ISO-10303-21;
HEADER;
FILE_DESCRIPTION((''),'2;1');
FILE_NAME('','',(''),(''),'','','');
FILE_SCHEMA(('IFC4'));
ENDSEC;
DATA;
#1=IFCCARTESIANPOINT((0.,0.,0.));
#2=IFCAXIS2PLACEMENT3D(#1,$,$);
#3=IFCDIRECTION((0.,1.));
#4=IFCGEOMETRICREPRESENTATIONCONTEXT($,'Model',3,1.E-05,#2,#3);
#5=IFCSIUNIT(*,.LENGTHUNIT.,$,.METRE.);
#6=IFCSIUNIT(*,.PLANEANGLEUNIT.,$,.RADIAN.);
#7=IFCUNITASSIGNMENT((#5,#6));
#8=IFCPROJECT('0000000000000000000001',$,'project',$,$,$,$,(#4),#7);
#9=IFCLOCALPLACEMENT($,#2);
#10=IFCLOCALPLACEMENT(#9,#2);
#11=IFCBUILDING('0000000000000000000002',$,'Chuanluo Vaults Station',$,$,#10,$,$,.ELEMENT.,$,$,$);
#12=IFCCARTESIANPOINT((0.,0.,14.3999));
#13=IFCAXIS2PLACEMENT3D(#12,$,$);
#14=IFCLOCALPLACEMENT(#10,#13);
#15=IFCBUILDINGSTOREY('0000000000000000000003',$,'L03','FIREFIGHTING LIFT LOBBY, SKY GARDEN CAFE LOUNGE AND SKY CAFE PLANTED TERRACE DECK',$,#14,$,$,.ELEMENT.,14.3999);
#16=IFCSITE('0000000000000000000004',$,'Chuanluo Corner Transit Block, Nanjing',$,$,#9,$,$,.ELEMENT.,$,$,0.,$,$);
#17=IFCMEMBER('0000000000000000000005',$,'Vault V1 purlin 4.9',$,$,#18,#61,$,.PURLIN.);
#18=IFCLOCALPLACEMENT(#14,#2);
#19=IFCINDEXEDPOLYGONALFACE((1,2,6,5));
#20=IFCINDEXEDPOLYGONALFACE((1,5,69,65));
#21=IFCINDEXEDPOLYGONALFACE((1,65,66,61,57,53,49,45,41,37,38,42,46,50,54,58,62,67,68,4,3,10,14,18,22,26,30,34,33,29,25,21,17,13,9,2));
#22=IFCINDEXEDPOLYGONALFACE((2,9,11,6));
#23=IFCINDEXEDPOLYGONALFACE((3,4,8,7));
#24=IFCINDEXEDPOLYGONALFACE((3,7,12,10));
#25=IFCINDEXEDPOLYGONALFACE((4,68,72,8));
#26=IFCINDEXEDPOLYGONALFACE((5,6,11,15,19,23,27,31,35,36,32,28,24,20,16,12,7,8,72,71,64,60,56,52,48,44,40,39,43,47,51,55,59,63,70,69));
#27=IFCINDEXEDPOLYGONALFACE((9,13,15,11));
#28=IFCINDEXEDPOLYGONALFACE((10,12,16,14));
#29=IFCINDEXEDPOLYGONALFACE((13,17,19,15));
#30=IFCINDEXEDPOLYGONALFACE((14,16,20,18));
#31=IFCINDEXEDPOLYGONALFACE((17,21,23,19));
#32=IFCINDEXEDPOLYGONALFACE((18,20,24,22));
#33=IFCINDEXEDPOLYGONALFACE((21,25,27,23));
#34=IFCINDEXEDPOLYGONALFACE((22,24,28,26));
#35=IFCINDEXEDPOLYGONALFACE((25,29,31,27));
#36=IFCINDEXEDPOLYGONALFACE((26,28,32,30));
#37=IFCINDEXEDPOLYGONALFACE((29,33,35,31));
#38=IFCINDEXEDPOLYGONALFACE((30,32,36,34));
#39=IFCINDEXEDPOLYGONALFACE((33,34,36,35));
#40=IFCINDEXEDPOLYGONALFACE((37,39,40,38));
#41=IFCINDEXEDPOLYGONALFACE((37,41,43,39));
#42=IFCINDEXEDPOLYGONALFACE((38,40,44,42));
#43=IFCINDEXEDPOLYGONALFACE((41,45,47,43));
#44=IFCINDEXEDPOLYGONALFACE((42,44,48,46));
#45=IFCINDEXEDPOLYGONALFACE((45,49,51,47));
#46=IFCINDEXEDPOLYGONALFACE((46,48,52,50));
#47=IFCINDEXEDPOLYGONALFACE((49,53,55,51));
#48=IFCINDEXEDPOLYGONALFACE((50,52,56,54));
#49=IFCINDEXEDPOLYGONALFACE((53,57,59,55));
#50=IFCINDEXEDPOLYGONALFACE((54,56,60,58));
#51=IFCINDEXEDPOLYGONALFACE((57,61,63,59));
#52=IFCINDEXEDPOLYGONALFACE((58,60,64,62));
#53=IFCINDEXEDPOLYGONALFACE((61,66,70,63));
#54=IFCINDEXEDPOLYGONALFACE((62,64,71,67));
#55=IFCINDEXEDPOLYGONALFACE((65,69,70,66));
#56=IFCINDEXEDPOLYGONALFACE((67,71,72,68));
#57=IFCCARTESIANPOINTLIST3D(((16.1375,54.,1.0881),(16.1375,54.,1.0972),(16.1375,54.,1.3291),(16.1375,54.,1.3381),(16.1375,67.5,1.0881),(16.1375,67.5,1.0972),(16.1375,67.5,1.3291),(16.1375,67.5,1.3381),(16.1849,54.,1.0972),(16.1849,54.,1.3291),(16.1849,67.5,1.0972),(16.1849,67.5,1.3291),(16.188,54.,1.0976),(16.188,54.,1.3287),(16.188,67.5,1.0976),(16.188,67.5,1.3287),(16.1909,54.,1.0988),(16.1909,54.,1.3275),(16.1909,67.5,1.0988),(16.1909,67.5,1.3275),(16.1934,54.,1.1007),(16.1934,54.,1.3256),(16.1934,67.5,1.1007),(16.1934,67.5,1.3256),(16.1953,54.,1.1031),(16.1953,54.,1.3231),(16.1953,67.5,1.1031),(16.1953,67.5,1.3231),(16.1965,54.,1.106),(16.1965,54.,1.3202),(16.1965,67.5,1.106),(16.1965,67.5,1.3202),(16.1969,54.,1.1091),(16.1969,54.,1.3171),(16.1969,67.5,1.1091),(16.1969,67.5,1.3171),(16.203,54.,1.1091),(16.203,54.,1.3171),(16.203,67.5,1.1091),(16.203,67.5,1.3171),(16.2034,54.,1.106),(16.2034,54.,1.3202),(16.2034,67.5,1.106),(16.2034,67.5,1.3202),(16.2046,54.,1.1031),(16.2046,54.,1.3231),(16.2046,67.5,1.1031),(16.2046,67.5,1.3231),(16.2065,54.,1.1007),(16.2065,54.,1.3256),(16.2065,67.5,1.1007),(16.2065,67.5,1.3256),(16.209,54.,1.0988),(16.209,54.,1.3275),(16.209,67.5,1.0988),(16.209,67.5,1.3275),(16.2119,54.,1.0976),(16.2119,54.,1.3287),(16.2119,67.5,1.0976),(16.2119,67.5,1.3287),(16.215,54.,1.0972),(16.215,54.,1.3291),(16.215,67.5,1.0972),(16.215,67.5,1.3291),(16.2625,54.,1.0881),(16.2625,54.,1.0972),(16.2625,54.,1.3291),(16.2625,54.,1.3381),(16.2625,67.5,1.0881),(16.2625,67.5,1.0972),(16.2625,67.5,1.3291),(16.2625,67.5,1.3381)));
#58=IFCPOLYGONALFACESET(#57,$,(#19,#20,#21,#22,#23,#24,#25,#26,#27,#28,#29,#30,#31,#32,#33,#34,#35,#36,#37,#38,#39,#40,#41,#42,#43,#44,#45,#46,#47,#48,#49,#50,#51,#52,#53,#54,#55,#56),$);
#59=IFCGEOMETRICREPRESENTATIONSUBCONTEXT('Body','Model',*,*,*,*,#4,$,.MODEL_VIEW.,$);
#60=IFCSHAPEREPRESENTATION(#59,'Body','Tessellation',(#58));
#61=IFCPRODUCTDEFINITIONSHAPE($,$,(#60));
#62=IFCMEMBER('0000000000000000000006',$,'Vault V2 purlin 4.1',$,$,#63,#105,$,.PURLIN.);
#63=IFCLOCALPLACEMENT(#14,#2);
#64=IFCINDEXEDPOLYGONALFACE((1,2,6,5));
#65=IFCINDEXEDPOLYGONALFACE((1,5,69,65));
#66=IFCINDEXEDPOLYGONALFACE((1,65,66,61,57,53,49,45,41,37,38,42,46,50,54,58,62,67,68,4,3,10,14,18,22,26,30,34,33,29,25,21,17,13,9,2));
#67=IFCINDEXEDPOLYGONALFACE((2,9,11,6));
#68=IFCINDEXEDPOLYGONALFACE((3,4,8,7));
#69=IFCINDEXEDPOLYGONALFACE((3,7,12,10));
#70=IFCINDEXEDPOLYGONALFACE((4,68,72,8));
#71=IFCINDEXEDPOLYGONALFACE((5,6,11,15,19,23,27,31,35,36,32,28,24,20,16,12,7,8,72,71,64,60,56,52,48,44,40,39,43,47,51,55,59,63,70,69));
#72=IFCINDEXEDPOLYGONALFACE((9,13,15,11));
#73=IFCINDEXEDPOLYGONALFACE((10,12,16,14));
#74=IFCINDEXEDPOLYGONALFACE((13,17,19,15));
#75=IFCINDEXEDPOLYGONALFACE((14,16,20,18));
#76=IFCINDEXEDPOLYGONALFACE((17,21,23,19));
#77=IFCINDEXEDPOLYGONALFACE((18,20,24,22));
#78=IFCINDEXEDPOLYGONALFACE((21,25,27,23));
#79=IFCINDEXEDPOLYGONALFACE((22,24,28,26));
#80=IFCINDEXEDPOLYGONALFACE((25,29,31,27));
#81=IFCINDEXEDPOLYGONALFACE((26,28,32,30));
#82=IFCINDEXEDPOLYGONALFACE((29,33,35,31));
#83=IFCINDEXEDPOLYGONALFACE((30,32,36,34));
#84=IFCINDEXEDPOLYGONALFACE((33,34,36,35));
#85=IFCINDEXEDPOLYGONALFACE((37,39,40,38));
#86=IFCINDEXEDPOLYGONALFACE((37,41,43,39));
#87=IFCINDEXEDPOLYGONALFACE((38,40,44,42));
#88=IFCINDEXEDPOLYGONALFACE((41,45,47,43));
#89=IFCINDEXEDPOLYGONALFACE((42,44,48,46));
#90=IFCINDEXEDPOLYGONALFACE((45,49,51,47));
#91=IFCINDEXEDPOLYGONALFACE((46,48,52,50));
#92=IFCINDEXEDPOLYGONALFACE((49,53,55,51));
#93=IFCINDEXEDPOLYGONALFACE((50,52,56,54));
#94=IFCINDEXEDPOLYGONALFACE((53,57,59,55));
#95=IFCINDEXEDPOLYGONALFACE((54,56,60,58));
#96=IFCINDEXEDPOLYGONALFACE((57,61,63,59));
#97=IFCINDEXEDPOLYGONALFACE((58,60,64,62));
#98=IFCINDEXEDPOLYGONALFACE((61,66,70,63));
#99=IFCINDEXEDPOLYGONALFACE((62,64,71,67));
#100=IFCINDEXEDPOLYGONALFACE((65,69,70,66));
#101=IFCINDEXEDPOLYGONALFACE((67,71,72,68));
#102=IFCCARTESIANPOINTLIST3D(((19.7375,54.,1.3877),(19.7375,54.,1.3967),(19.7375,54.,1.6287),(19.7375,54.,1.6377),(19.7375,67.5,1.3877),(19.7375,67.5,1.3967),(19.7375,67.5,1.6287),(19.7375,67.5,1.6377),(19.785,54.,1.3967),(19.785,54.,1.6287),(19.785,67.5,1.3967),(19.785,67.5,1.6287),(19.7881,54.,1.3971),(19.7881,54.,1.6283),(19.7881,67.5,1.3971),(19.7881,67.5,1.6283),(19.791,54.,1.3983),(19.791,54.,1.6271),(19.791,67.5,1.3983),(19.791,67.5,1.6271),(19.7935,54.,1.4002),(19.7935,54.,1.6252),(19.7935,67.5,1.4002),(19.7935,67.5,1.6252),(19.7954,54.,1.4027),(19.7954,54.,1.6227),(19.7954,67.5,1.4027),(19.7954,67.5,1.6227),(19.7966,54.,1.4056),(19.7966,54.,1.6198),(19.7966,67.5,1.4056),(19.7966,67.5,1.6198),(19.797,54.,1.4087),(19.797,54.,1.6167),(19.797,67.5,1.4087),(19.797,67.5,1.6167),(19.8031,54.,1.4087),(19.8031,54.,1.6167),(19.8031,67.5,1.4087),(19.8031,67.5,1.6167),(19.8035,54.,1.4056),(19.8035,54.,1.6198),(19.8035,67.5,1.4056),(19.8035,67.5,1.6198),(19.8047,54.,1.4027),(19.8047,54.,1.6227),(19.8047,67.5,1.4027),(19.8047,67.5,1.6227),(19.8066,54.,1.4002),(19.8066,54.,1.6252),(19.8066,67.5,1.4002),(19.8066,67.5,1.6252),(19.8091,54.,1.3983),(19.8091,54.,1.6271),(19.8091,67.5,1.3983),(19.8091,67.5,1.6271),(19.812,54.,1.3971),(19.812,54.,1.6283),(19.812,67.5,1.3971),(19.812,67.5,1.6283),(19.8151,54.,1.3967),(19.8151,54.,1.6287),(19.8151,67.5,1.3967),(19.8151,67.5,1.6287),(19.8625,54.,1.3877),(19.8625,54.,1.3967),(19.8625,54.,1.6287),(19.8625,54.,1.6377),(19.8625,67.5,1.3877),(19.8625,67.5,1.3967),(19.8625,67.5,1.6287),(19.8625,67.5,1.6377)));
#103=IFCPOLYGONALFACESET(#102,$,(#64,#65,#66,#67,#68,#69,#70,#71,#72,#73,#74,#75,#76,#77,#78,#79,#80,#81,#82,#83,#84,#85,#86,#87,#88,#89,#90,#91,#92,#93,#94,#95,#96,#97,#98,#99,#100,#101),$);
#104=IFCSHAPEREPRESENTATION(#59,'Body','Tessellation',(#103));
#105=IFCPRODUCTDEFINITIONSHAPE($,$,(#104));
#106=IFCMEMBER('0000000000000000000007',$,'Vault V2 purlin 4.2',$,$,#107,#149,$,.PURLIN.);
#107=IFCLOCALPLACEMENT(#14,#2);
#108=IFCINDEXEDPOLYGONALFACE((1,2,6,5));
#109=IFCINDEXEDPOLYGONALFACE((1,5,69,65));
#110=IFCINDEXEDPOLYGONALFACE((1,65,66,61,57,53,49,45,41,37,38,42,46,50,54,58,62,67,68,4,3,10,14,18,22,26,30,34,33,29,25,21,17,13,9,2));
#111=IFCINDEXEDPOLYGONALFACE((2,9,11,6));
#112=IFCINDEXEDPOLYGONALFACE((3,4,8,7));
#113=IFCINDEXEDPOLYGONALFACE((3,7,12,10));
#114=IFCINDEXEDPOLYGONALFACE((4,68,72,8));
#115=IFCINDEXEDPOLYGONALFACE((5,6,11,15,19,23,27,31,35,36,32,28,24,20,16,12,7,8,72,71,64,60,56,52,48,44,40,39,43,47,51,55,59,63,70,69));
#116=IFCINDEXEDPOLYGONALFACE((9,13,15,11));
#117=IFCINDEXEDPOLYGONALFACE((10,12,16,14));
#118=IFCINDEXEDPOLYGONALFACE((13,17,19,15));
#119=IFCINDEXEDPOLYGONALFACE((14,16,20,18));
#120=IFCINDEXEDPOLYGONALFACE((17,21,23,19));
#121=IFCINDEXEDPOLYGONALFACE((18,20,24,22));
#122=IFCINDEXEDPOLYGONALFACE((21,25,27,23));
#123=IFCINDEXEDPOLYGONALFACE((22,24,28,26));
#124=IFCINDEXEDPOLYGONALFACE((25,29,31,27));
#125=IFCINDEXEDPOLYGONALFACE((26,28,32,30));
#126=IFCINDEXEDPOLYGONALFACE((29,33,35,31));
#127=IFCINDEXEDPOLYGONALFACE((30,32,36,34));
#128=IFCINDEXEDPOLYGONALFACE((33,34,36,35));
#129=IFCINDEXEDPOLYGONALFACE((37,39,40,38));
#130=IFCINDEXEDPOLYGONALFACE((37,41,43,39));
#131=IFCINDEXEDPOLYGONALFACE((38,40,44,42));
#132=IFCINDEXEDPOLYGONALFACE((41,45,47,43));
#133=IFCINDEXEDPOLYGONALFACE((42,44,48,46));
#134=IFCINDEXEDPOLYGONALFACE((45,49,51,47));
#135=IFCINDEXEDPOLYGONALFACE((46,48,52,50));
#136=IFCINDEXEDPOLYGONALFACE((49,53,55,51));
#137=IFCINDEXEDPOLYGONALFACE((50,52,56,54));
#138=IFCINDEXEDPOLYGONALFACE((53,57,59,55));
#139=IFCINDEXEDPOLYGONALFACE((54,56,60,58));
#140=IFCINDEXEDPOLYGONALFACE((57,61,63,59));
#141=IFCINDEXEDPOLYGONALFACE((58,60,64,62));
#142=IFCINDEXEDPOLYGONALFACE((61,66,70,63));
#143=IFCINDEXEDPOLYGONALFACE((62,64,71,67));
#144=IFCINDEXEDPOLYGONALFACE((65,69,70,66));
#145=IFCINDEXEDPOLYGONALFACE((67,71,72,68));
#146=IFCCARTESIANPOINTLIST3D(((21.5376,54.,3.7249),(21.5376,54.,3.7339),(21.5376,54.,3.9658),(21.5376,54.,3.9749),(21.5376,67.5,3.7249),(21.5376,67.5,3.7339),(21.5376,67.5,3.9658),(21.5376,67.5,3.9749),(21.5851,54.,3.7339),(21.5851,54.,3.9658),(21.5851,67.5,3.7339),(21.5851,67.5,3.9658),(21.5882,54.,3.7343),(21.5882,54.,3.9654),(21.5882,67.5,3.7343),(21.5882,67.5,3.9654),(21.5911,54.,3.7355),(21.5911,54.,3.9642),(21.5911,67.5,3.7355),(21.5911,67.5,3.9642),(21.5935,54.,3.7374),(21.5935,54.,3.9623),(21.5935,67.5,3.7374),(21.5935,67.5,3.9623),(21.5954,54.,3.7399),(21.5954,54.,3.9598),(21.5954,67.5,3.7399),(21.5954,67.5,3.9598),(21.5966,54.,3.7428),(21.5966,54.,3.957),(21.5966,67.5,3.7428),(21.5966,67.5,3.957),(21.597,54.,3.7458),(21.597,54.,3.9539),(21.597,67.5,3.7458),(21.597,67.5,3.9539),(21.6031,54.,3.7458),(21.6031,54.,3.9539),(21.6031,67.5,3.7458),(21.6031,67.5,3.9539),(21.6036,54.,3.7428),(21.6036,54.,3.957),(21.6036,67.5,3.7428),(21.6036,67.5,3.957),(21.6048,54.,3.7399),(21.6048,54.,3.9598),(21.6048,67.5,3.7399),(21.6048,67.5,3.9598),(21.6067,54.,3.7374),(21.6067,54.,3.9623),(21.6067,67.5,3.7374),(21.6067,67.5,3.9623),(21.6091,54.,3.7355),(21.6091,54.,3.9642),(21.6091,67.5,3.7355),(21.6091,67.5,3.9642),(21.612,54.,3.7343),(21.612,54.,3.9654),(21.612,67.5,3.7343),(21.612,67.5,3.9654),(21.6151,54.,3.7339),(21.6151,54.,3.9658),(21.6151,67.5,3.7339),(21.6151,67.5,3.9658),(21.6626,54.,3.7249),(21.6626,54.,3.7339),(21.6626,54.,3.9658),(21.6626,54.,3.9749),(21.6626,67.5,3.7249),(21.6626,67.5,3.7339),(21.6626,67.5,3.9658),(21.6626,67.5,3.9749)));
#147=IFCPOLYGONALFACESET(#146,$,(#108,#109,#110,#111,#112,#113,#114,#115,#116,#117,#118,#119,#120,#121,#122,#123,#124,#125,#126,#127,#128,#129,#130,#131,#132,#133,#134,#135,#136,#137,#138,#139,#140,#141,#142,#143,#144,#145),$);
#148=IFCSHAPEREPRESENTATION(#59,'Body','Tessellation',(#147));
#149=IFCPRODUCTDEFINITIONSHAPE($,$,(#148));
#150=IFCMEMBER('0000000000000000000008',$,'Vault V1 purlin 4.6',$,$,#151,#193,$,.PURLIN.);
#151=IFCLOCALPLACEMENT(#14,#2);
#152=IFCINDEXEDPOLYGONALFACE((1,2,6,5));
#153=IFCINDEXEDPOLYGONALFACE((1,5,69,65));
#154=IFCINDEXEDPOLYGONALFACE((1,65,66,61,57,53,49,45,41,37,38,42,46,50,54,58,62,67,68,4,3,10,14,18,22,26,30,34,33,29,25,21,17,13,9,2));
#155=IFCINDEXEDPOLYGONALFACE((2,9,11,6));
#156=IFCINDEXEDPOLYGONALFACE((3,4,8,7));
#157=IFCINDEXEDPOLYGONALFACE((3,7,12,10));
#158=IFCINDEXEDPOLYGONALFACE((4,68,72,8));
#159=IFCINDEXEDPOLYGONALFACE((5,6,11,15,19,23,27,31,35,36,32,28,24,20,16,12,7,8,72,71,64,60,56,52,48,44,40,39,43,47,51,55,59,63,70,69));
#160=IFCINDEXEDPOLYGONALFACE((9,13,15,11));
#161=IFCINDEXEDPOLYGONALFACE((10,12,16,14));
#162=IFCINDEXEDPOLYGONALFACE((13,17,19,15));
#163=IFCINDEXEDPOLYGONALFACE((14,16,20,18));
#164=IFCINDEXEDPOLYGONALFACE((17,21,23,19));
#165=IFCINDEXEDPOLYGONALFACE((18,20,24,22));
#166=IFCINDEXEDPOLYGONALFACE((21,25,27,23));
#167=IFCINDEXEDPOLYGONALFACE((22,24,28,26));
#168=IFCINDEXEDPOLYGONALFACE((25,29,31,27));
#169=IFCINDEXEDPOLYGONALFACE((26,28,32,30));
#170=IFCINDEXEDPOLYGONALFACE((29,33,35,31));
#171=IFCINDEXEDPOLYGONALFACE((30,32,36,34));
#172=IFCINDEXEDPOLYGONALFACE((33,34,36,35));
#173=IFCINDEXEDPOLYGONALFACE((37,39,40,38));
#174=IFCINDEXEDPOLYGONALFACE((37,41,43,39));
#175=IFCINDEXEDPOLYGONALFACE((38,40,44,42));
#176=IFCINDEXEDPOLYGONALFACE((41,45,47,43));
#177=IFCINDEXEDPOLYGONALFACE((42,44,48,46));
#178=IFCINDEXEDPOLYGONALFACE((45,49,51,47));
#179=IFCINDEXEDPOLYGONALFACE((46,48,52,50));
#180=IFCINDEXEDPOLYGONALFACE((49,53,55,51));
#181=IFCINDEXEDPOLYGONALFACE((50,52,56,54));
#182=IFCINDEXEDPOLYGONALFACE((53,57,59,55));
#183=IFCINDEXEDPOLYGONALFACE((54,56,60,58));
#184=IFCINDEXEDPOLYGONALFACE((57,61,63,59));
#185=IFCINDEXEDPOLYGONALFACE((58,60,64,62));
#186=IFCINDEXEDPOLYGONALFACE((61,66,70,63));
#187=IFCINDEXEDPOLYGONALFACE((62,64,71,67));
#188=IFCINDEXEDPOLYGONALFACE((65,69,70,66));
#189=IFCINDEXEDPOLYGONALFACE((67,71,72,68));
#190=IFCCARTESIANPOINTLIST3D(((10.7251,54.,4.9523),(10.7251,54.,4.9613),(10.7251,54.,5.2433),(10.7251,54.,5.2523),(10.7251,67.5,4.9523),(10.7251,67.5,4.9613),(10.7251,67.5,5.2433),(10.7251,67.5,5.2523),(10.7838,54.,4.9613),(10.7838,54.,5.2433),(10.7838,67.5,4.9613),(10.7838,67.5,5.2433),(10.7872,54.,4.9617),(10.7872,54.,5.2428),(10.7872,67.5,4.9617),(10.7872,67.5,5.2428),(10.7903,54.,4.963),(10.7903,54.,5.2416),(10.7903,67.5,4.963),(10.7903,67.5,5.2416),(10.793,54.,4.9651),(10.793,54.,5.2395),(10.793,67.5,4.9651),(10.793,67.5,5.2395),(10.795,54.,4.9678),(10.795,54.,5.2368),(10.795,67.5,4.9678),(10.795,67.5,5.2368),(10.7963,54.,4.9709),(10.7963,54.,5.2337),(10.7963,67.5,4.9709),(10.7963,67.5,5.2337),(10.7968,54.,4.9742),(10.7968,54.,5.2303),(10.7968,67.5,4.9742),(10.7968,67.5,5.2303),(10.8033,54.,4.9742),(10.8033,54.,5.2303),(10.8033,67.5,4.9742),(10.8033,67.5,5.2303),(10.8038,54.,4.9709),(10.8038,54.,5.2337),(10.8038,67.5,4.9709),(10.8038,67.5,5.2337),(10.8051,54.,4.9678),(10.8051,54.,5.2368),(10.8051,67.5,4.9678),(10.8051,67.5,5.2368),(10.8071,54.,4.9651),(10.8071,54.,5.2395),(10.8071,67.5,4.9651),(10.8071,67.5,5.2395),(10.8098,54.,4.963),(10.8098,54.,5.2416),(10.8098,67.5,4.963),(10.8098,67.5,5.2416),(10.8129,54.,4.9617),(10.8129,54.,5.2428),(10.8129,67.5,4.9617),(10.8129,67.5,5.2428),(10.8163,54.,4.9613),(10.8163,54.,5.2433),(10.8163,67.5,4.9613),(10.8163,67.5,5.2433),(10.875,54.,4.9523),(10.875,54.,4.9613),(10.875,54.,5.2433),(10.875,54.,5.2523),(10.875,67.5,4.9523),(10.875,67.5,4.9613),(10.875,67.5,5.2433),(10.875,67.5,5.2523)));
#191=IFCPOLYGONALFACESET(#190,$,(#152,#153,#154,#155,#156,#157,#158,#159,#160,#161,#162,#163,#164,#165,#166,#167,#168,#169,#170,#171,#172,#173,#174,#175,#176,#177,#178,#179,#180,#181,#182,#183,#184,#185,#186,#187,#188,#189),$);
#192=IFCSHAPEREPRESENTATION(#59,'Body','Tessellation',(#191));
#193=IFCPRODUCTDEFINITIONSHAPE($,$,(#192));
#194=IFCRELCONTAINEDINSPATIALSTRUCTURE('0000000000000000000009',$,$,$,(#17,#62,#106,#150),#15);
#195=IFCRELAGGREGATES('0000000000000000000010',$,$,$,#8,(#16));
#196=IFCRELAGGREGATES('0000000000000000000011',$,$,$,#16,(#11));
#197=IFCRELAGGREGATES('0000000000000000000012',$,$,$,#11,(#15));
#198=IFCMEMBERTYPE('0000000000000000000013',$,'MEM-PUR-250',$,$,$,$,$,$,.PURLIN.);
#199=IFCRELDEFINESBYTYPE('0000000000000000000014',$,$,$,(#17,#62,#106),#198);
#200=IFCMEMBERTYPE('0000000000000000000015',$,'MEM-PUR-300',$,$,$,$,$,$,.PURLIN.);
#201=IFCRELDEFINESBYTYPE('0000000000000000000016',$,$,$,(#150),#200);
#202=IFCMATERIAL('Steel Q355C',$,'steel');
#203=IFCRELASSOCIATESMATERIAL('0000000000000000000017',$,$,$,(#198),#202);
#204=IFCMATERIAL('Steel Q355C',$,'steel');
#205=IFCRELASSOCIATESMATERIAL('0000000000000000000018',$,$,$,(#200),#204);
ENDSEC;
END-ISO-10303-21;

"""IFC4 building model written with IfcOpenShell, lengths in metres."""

from ifc_helpers import new_model, si_unit, direction, frame, origin, origin_2d, place, context, subcontext, project, spatial, i_section, extrude, material, material_profile, profile_set, type_object, element, save


model = new_model("IFC4")

# Units and contexts
model_context = context("Model", 3, precision=1e-05, world=origin(), true_north=direction((0.0, 1.0)))
body_context = subcontext(model_context, "Body", "Model", "MODEL_VIEW")
ifc_project = project(units=[si_unit("LENGTHUNIT", "METRE"), si_unit("PLANEANGLEUNIT", "RADIAN")], contexts=[model_context])

# Site, building, storey
site_placement = place(None, origin())
site = spatial("IfcSite", under=ifc_project, at=site_placement, Name="Chuanluo Corner Transit Block, Nanjing", CompositionType="ELEMENT", RefElevation=0.0)
building_placement = place(site_placement, origin())
building = spatial("IfcBuilding", under=site, at=building_placement, Name="Chuanluo Vaults Station", CompositionType="ELEMENT")
storey_placement = place(building_placement, frame((0.0, 0.0, 14.3999)))
storey = spatial("IfcBuildingStorey", under=building, at=storey_placement, Name="L03", Description="FIREFIGHTING LIFT LOBBY, SKY GARDEN CAFE LOUNGE AND SKY CAFE PLANTED TERRACE DECK", CompositionType="ELEMENT", Elevation=14.3999)

# Members
ifc_material_1 = material(Name="Steel Q355C", Category="steel")
ifc_material_profile_1 = material_profile(ifc_material_1, i_section(OverallWidth=0.125, OverallDepth=0.25, WebThickness=0.0061, FlangeThickness=0.009, FilletRadius=0.012, at=origin_2d()))
ifc_profile_set_1 = profile_set([ifc_material_profile_1], Name="Steel Q355C")
member_type_1 = type_object("IfcMemberType", Name="MEM-PUR-250", PredefinedType="PURLIN", material=ifc_profile_set_1)
for number, where, z_axis, x_axis, name in (
    (1, (16.2, 54.0, 1.2131), (0.0, 1.0, 0.0), (-1.0, 0.0, 0.0), "Vault V1 purlin 4.9"),
    (2, (19.8, 54.0, 1.5127), (0.0, 1.0, 0.0), (-1.0, 0.0, 0.0), "Vault V2 purlin 4.1"),
    (3, (21.6001, 54.0, 3.8499), (0.0, 1.0, 0.0), (-1.0, 0.0, 0.0), "Vault V2 purlin 4.2"),
):
    element("IfcMember", number, at=place(storey_placement, frame(where, z_axis=z_axis, x_axis=x_axis)), inside=storey, type_object=member_type_1, Name=name, PredefinedType="PURLIN", context=body_context, shape_type="SweptSolid", body=[
        extrude(i_section(OverallWidth=0.125, OverallDepth=0.25, WebThickness=0.0061, FlangeThickness=0.009, FilletRadius=0.012, at=origin_2d()), origin(), (0.0, 0.0, 1.0), 13.5),
    ])
ifc_material_2 = material(Name="Steel Q355C", Category="steel")
ifc_material_profile_2 = material_profile(ifc_material_2, i_section(OverallWidth=0.1499, OverallDepth=0.3, WebThickness=0.0066, FlangeThickness=0.009, FilletRadius=0.0129, at=origin_2d()))
ifc_profile_set_2 = profile_set([ifc_material_profile_2], Name="Steel Q355C")
member_type_2 = type_object("IfcMemberType", Name="MEM-PUR-300", PredefinedType="PURLIN", material=ifc_profile_set_2)
member_1_placement = place(storey_placement, frame((10.8, 54.0, 5.1023), z_axis=(0.0, 1.0, 0.0), x_axis=(-1.0, 0.0, 0.0)))
element("IfcMember", 4, at=member_1_placement, inside=storey, type_object=member_type_2, Name="Vault V1 purlin 4.6", PredefinedType="PURLIN", context=body_context, shape_type="SweptSolid", body=[
    extrude(i_section(OverallWidth=0.1499, OverallDepth=0.3, WebThickness=0.0066, FlangeThickness=0.009, FilletRadius=0.0129, at=origin_2d()), origin(), (0.0, 0.0, 1.0), 13.5),
])

save(model, "model.ifc")
